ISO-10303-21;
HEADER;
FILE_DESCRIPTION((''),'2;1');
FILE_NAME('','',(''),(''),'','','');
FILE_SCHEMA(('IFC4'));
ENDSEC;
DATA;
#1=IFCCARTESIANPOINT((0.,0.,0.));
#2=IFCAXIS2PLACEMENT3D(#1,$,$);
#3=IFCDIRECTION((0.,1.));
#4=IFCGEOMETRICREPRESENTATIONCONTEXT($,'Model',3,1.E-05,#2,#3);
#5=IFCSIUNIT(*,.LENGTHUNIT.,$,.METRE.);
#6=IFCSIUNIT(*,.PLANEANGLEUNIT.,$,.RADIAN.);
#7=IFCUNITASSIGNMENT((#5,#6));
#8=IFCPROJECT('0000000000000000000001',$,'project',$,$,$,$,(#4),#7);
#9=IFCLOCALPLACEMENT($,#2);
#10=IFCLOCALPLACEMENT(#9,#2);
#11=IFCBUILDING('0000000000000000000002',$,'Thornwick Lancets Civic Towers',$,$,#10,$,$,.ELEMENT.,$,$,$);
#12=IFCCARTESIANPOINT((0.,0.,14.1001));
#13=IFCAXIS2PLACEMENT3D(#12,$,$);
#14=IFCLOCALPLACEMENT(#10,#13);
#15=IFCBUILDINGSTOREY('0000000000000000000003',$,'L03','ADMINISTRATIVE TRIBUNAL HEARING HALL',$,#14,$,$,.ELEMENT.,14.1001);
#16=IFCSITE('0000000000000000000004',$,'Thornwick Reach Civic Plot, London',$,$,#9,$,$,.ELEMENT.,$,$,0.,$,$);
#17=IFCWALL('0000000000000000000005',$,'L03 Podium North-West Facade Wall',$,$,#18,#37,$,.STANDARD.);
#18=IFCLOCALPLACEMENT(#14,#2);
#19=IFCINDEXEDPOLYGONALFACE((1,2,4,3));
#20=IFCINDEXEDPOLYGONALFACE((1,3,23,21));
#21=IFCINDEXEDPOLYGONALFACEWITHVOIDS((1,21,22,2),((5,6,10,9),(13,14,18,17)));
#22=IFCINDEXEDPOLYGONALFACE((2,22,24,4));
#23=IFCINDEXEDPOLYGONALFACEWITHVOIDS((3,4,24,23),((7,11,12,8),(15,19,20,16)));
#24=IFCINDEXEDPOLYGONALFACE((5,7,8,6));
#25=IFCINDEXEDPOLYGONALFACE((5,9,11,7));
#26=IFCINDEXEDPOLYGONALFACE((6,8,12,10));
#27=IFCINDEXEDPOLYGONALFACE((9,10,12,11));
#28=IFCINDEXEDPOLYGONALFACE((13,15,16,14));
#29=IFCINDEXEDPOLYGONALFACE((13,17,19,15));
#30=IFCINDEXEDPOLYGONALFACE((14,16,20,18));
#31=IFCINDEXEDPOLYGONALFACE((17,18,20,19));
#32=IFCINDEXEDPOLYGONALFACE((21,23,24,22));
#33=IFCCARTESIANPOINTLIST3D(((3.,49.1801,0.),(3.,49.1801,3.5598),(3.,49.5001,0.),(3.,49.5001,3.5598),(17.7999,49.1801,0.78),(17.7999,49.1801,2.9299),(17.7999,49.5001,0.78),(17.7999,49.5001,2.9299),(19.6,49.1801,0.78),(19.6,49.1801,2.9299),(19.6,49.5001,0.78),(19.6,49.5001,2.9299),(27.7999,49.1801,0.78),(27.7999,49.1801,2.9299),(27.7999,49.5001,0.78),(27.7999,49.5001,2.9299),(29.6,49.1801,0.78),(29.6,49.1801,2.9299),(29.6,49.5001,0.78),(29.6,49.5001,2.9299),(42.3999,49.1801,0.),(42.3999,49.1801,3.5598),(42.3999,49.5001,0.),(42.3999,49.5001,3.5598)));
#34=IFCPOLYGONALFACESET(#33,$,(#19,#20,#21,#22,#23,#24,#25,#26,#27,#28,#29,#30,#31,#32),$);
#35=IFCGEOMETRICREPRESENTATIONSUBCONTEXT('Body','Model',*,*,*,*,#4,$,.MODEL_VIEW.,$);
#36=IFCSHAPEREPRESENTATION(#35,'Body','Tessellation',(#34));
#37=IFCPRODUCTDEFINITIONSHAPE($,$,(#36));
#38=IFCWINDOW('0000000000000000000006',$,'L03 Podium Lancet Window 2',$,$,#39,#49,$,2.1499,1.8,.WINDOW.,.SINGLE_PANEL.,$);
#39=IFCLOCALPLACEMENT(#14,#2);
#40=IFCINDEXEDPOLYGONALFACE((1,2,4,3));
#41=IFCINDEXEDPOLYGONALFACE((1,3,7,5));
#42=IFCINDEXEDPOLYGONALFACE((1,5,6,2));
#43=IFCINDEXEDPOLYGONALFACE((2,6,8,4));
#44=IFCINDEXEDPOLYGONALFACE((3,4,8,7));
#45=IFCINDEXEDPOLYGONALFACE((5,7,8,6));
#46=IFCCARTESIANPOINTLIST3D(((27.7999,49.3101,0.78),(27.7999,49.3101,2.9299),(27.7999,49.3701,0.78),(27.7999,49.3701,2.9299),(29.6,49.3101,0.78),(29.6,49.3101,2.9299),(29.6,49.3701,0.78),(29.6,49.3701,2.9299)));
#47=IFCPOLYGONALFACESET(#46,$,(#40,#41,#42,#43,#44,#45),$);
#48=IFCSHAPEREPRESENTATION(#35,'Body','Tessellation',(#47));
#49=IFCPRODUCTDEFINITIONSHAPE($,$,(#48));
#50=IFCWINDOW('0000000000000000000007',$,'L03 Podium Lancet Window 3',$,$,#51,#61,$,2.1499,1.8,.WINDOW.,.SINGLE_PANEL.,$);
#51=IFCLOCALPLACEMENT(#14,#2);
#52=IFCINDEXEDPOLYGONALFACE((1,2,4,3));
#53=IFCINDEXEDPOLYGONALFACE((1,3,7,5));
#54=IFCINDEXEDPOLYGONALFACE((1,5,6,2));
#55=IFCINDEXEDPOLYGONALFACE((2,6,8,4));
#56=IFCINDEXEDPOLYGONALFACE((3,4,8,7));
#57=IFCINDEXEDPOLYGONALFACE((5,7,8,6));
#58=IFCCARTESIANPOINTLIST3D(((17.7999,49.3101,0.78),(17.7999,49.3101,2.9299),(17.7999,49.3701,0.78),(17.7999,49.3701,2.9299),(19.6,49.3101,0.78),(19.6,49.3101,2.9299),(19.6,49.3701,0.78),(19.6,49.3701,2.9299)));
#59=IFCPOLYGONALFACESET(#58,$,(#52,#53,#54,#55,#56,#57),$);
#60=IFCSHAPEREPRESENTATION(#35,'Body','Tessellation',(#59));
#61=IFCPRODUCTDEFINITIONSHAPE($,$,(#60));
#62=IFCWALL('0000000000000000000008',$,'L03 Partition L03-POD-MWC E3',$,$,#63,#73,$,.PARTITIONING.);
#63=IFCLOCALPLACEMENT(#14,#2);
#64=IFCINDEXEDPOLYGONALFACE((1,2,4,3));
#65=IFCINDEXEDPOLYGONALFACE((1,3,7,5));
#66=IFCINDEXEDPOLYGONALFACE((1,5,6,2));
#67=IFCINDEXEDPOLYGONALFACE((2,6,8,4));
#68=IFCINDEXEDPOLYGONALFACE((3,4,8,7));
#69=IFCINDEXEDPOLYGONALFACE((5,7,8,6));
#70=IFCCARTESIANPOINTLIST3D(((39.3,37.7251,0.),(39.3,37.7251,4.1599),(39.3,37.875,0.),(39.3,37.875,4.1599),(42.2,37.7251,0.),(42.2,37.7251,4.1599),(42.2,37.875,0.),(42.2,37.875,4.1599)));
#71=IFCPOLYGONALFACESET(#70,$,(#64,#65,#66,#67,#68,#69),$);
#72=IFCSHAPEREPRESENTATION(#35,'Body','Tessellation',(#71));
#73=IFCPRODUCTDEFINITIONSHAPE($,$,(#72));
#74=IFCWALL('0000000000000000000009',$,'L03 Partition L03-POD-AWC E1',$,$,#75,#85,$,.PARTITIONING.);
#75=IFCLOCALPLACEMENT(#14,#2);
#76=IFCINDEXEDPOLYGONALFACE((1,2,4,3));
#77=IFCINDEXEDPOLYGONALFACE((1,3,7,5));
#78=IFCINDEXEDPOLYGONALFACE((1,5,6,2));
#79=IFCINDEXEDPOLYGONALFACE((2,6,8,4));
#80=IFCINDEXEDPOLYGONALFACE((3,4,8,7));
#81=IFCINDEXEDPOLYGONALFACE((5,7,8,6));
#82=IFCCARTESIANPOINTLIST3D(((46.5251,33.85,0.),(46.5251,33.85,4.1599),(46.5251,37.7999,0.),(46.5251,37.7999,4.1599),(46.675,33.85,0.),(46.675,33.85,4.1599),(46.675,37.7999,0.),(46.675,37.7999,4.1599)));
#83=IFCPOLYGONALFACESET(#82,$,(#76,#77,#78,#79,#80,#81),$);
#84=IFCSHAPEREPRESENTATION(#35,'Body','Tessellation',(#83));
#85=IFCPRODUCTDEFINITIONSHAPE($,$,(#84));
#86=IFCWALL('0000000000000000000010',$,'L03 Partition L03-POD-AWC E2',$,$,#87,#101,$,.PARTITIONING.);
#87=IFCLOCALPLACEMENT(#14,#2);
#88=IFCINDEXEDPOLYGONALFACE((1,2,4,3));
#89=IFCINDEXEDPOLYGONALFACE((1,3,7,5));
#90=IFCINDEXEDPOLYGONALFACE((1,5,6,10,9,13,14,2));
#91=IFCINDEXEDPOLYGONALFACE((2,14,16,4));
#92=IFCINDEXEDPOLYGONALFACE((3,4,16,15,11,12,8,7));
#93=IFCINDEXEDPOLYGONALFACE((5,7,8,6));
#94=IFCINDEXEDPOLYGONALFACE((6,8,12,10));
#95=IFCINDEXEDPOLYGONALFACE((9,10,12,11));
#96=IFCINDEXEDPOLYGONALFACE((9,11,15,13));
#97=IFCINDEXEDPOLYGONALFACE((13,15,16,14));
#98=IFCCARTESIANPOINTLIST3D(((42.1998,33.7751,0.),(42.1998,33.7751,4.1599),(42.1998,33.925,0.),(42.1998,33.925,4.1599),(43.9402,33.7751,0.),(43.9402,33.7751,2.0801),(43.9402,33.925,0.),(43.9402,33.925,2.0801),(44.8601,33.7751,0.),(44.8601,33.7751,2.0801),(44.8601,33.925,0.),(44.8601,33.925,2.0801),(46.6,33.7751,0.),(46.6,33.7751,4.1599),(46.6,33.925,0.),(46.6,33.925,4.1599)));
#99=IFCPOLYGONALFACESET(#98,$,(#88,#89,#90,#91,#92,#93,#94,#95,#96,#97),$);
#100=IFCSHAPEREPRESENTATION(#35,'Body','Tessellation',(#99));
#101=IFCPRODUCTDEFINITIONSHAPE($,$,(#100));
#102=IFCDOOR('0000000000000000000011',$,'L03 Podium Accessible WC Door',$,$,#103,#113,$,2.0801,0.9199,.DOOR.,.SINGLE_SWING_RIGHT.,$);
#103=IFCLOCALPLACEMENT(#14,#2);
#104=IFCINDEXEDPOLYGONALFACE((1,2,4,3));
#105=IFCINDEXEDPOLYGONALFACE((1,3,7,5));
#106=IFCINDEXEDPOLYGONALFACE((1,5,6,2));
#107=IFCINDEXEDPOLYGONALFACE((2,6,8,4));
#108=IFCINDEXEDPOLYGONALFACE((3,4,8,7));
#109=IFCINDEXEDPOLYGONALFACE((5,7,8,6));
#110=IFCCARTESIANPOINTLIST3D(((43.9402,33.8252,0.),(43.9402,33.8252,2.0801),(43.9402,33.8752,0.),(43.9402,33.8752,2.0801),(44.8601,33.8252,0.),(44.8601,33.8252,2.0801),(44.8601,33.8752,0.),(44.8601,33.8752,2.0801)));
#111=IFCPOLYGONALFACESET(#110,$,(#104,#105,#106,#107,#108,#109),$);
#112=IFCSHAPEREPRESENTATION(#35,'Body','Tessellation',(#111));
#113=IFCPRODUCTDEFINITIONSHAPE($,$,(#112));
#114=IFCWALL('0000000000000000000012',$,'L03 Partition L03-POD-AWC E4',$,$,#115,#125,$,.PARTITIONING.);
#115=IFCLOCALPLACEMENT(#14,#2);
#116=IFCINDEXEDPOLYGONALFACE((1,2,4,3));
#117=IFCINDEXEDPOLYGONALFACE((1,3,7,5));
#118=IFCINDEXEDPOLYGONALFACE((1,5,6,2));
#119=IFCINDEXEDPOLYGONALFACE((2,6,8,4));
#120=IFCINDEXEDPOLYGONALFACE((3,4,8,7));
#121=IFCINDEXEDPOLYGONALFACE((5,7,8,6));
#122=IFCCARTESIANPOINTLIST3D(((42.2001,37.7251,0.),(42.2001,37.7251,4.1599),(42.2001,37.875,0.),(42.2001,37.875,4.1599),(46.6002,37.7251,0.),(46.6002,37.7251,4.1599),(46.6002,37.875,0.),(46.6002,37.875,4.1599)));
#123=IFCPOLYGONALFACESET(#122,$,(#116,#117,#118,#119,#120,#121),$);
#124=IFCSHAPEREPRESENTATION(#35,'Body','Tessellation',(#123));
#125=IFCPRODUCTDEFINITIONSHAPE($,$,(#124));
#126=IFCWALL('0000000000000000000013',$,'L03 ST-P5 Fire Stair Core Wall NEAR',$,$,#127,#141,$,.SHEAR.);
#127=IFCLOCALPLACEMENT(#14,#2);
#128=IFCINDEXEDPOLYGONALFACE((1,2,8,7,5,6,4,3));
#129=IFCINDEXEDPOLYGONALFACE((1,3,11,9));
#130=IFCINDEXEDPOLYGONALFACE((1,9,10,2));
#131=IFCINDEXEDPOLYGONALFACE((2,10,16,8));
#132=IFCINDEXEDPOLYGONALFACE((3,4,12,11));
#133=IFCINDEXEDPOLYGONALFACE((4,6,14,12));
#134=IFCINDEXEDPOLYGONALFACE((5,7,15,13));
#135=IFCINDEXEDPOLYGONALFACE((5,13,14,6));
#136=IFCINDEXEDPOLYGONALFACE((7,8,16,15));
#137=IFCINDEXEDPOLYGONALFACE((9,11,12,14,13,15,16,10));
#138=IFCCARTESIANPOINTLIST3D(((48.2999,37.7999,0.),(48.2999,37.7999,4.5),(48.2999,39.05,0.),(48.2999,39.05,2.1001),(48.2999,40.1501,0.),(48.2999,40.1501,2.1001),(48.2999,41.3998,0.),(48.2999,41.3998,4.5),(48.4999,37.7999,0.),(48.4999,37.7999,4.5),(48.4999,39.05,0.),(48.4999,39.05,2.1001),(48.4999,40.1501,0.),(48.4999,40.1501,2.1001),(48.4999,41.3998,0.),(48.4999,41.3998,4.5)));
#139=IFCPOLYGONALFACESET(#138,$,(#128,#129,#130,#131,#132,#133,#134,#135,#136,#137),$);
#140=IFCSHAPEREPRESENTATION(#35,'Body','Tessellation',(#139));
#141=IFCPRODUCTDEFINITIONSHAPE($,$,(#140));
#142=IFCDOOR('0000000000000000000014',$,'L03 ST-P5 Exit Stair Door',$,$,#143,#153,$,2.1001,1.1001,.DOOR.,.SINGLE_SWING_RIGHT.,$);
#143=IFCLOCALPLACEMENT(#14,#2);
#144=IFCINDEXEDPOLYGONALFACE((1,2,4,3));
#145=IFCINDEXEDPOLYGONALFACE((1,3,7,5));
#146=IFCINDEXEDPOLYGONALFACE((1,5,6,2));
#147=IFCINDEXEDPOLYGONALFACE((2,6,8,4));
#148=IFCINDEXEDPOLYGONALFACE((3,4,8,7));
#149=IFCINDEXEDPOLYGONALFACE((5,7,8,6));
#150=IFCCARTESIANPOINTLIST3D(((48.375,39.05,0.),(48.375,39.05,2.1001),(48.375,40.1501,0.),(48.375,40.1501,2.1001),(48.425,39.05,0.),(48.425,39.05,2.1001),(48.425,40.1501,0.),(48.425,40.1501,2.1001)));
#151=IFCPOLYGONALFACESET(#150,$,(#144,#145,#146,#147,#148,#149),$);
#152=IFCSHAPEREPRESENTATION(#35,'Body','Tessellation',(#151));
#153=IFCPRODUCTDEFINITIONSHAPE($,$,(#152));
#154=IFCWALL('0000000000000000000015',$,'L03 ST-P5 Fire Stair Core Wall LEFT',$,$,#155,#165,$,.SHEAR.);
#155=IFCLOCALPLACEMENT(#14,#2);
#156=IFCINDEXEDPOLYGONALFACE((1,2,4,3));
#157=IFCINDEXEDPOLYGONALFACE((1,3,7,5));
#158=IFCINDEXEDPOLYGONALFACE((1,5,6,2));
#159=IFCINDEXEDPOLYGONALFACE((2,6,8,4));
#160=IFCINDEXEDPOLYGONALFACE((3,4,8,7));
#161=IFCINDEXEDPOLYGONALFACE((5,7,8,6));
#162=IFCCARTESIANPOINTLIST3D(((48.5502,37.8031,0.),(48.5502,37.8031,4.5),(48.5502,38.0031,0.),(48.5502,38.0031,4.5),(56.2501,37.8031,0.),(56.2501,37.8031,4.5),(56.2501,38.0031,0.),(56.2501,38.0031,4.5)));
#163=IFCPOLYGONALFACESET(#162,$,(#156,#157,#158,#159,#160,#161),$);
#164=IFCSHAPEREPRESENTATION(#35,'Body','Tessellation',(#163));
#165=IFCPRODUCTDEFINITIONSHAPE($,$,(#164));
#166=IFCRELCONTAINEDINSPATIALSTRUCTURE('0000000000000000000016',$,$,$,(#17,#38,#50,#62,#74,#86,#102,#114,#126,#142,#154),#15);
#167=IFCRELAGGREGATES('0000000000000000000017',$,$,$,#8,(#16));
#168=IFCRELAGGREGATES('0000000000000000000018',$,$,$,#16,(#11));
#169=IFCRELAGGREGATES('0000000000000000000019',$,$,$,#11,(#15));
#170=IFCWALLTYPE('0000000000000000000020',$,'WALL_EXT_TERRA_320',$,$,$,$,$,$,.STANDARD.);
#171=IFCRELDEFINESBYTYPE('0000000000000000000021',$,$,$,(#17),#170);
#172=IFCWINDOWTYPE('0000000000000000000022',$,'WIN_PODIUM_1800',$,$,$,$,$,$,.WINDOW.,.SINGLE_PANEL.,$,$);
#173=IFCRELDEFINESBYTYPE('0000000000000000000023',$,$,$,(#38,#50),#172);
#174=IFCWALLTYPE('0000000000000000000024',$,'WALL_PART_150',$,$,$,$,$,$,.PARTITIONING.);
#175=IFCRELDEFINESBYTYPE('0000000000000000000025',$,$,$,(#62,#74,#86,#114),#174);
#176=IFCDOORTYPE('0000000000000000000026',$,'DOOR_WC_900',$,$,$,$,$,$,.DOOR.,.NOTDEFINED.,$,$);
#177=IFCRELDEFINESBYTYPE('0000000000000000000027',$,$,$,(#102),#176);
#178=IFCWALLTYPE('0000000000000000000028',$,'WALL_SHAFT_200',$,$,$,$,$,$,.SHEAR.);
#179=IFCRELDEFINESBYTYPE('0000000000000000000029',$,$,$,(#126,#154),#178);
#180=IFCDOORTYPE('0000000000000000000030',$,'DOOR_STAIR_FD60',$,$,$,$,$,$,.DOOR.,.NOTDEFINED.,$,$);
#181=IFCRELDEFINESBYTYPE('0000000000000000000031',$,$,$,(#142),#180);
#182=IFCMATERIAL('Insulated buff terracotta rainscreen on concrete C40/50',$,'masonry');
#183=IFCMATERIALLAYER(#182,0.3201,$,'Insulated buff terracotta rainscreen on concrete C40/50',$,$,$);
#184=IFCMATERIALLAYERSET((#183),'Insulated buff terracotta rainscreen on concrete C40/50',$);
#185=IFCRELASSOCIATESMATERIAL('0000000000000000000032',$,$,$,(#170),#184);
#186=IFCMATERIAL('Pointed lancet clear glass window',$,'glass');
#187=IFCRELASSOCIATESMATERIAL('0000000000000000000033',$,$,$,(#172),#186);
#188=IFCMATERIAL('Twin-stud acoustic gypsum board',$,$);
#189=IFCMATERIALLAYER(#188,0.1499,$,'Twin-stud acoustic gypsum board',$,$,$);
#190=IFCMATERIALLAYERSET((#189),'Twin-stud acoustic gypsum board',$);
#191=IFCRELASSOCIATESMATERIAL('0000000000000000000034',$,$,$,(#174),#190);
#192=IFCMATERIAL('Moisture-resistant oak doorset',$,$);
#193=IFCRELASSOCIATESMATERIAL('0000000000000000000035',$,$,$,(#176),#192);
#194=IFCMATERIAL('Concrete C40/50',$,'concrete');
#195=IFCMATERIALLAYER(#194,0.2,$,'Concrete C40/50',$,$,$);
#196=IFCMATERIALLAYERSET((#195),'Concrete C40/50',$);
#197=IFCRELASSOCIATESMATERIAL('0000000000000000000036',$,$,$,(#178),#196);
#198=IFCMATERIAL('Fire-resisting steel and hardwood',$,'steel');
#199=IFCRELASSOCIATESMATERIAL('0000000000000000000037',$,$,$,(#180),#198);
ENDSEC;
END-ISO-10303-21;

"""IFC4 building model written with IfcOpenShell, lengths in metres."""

from ifc_helpers import new_model, si_unit, direction, frame, frame_2d, origin, place, context, subcontext, project, spatial, rectangle, extrude, material, layer, layer_set, type_object, element, fill, save


model = new_model("IFC4")

# Units and contexts
model_context = context("Model", 3, precision=1e-05, world=origin(), true_north=direction((0.0, 1.0)))
body_context = subcontext(model_context, "Body", "Model", "MODEL_VIEW")
ifc_project = project(units=[si_unit("LENGTHUNIT", "METRE"), si_unit("PLANEANGLEUNIT", "RADIAN")], contexts=[model_context])

# Site, building, storey
site_placement = place(None, origin())
site = spatial("IfcSite", under=ifc_project, at=site_placement, Name="Thornwick Reach Civic Plot, London", CompositionType="ELEMENT", RefElevation=0.0)
building_placement = place(site_placement, origin())
building = spatial("IfcBuilding", under=site, at=building_placement, Name="Thornwick Lancets Civic Towers", CompositionType="ELEMENT")
storey_placement = place(building_placement, frame((0.0, 0.0, 14.1001)))
storey = spatial("IfcBuildingStorey", under=building, at=storey_placement, Name="L03", Description="ADMINISTRATIVE TRIBUNAL HEARING HALL", CompositionType="ELEMENT", Elevation=14.1001)

# Shared definitions
ifc_material_1 = material(Name="Concrete C40/50", Category="concrete")

# Shared definitions
ifc_material_2 = material(Name="Insulated buff terracotta rainscreen on concrete C40/50", Category="masonry")
ifc_layer_1 = layer(ifc_material_2, 0.3201, Name="Insulated buff terracotta rainscreen on concrete C40/50")
ifc_layer_set_1 = layer_set([ifc_layer_1], Name="Insulated buff terracotta rainscreen on concrete C40/50")
wall_type_1 = type_object("IfcWallType", Name="WALL_EXT_TERRA_320", PredefinedType="STANDARD", material=ifc_layer_set_1)

# Wall, openings, windows
wall_1_placement = place(storey_placement, frame((42.3999, 49.3401, 0.0), z_axis=(0.0, 0.0, 1.0), x_axis=(-1.0, 0.0, 0.0)))
wall_1 = element("IfcWall", 1, at=wall_1_placement, inside=storey, type_object=wall_type_1, Name="L03 Podium North-West Facade Wall", PredefinedType="STANDARD", context=body_context, shape_type="SweptSolid", body=[
    extrude(rectangle(XDim=39.3999, YDim=0.3201, at=frame_2d((19.7, 0.0))), origin(), (0.0, 0.0, 1.0), 3.5598),
])
opening_1_placement = place(wall_1_placement, frame((12.8, 0.0, 0.78)))
opening_1 = element("IfcOpeningElement", 2, at=opening_1_placement, cuts=wall_1, PredefinedType="OPENING", context=body_context, shape_type="SweptSolid", body=[
    extrude(rectangle(XDim=1.8, YDim=2.1499, at=frame_2d((0.8999, 1.075))), frame((0.0, 0.1699, 0.0), z_axis=(0.0, -1.0, 0.0), x_axis=(1.0, 0.0, 0.0)), (0.0, 0.0, 1.0), 0.3401),
])
opening_2_placement = place(wall_1_placement, frame((22.8, 0.0, 0.78)))
opening_2 = element("IfcOpeningElement", 3, at=opening_2_placement, cuts=wall_1, PredefinedType="OPENING", context=body_context, shape_type="SweptSolid", body=[
    extrude(rectangle(XDim=1.8, YDim=2.1499, at=frame_2d((0.8999, 1.075))), frame((0.0, 0.1699, 0.0), z_axis=(0.0, -1.0, 0.0), x_axis=(1.0, 0.0, 0.0)), (0.0, 0.0, 1.0), 0.3401),
])
ifc_material_3 = material(Name="Pointed lancet clear glass window", Category="glass")
window_type = type_object("IfcWindowType", Name="WIN_PODIUM_1800", PartitioningType="SINGLE_PANEL", PredefinedType="WINDOW", material=ifc_material_3)
window_1_placement = place(opening_1_placement, origin())
window_1 = element("IfcWindow", 4, at=window_1_placement, inside=storey, type_object=window_type, Name="L03 Podium Lancet Window 2", OverallHeight=2.1499, OverallWidth=1.8, PartitioningType="SINGLE_PANEL", PredefinedType="WINDOW", context=body_context, shape_type="SweptSolid", body=[
    extrude(rectangle(XDim=1.8, YDim=2.1499, at=frame_2d((0.8999, 1.075))), frame((0.0, 0.03, 0.0), z_axis=(0.0, -1.0, 0.0), x_axis=(1.0, 0.0, 0.0)), (0.0, 0.0, 1.0), 0.0601),
])
fill(opening_1, window_1)
window_2_placement = place(opening_2_placement, origin())
window_2 = element("IfcWindow", 5, at=window_2_placement, inside=storey, type_object=window_type, Name="L03 Podium Lancet Window 3", OverallHeight=2.1499, OverallWidth=1.8, PartitioningType="SINGLE_PANEL", PredefinedType="WINDOW", context=body_context, shape_type="SweptSolid", body=[
    extrude(rectangle(XDim=1.8, YDim=2.1499, at=frame_2d((0.8999, 1.075))), frame((0.0, 0.03, 0.0), z_axis=(0.0, -1.0, 0.0), x_axis=(1.0, 0.0, 0.0)), (0.0, 0.0, 1.0), 0.0601),
])
fill(opening_2, window_2)

# Walls
ifc_material_4 = material(Name="Twin-stud acoustic gypsum board")
ifc_layer_2 = layer(ifc_material_4, 0.1499, Name="Twin-stud acoustic gypsum board")
ifc_layer_set_2 = layer_set([ifc_layer_2], Name="Twin-stud acoustic gypsum board")
wall_type_2 = type_object("IfcWallType", Name="WALL_PART_150", PredefinedType="PARTITIONING", material=ifc_layer_set_2)
wall_2_placement = place(storey_placement, frame((42.2, 37.8, 0.0), z_axis=(0.0, 0.0, 1.0), x_axis=(-1.0, 0.0, 0.0)))
element("IfcWall", 6, at=wall_2_placement, inside=storey, type_object=wall_type_2, Name="L03 Partition L03-POD-MWC E3", PredefinedType="PARTITIONING", context=body_context, shape_type="SweptSolid", body=[
    extrude(rectangle(XDim=2.8999, YDim=0.1499, at=frame_2d((1.45, 0.0))), origin(), (0.0, 0.0, 1.0), 4.1599),
])
wall_3_placement = place(storey_placement, frame((46.6001, 37.8, 0.0), z_axis=(0.0, 0.0, 1.0), x_axis=(0.0, -1.0, 0.0)))
element("IfcWall", 7, at=wall_3_placement, inside=storey, type_object=wall_type_2, Name="L03 Partition L03-POD-AWC E1", PredefinedType="PARTITIONING", context=body_context, shape_type="SweptSolid", body=[
    extrude(rectangle(XDim=3.95, YDim=0.1499, at=frame_2d((1.9751, 0.0))), origin(), (0.0, 0.0, 1.0), 4.1599),
])

# Wall, opening, door
wall_4_placement = place(storey_placement, frame((46.6001, 33.8501, 0.0), z_axis=(0.0, 0.0, 1.0), x_axis=(-1.0, 0.0, 0.0)))
wall_4 = element("IfcWall", 8, at=wall_4_placement, inside=storey, type_object=wall_type_2, Name="L03 Partition L03-POD-AWC E2", PredefinedType="PARTITIONING", context=body_context, shape_type="SweptSolid", body=[
    extrude(rectangle(XDim=4.4001, YDim=0.1499, at=frame_2d((2.2002, 0.0))), origin(), (0.0, 0.0, 1.0), 4.1599),
])
opening_3_placement = place(wall_4_placement, frame((1.74, 0.0, 0.0)))
opening_3 = element("IfcOpeningElement", 9, at=opening_3_placement, cuts=wall_4, PredefinedType="OPENING", context=body_context, shape_type="SweptSolid", body=[
    extrude(rectangle(XDim=0.9199, YDim=2.0801, at=frame_2d((0.46, 1.04))), frame((0.0, 0.085, 0.0), z_axis=(0.0, -1.0, 0.0), x_axis=(1.0, 0.0, 0.0)), (0.0, 0.0, 1.0), 0.1699),
])
ifc_material_5 = material(Name="Moisture-resistant oak doorset")
door_type_1 = type_object("IfcDoorType", Name="DOOR_WC_900", OperationType="NOTDEFINED", PredefinedType="DOOR", material=ifc_material_5)
door_1_placement = place(opening_3_placement, origin())
door_1 = element("IfcDoor", 10, at=door_1_placement, inside=storey, type_object=door_type_1, Name="L03 Podium Accessible WC Door", OperationType="SINGLE_SWING_RIGHT", OverallHeight=2.0801, OverallWidth=0.9199, PredefinedType="DOOR", context=body_context, shape_type="SweptSolid", body=[
    extrude(rectangle(XDim=0.9199, YDim=2.0801, at=frame_2d((0.46, 1.04))), frame((0.0, 0.0249, 0.0), z_axis=(0.0, -1.0, 0.0), x_axis=(1.0, 0.0, 0.0)), (0.0, 0.0, 1.0), 0.05),
])
fill(opening_3, door_1)

# Wall
wall_5_placement = place(storey_placement, frame((42.2, 37.8, 0.0), z_axis=(0.0, 0.0, 1.0), x_axis=(1.0, 0.0, 0.0)))
element("IfcWall", 11, at=wall_5_placement, inside=storey, type_object=wall_type_2, Name="L03 Partition L03-POD-AWC E4", PredefinedType="PARTITIONING", context=body_context, shape_type="SweptSolid", body=[
    extrude(rectangle(XDim=4.4001, YDim=0.1499, at=frame_2d((2.2002, 0.0))), origin(), (0.0, 0.0, 1.0), 4.1599),
])

# Wall, opening, door
ifc_layer_3 = layer(ifc_material_1, 0.2, Name="Concrete C40/50")
ifc_layer_set_3 = layer_set([ifc_layer_3], Name="Concrete C40/50")
wall_type_3 = type_object("IfcWallType", Name="WALL_SHAFT_200", PredefinedType="SHEAR", material=ifc_layer_set_3)
wall_6_placement = place(storey_placement, frame((48.3999, 37.8, 0.0), z_axis=(0.0, 0.0, 1.0), x_axis=(0.0, 1.0, 0.0)))
wall_6 = element("IfcWall", 12, at=wall_6_placement, inside=storey, type_object=wall_type_3, Name="L03 ST-P5 Fire Stair Core Wall NEAR", PredefinedType="SHEAR", context=body_context, shape_type="SweptSolid", body=[
    extrude(rectangle(XDim=3.5999, YDim=0.2, at=frame_2d((1.7998, 0.0))), origin(), (0.0, 0.0, 1.0), 4.5),
])
opening_4_placement = place(wall_6_placement, frame((1.25, 0.0, 0.0)))
opening_4 = element("IfcOpeningElement", 13, at=opening_4_placement, cuts=wall_6, PredefinedType="OPENING", context=body_context, shape_type="SweptSolid", body=[
    extrude(rectangle(XDim=1.1001, YDim=2.1001, at=frame_2d((0.55, 1.05))), frame((0.0, 0.1099, 0.0), z_axis=(0.0, -1.0, 0.0), x_axis=(1.0, 0.0, 0.0)), (0.0, 0.0, 1.0), 0.22),
])
ifc_material_6 = material(Name="Fire-resisting steel and hardwood", Category="steel")
door_type_2 = type_object("IfcDoorType", Name="DOOR_STAIR_FD60", OperationType="NOTDEFINED", PredefinedType="DOOR", material=ifc_material_6)
door_2_placement = place(opening_4_placement, origin())
door_2 = element("IfcDoor", 14, at=door_2_placement, inside=storey, type_object=door_type_2, Name="L03 ST-P5 Exit Stair Door", OperationType="SINGLE_SWING_RIGHT", OverallHeight=2.1001, OverallWidth=1.1001, PredefinedType="DOOR", context=body_context, shape_type="SweptSolid", body=[
    extrude(rectangle(XDim=1.1001, YDim=2.1001, at=frame_2d((0.55, 1.05))), frame((0.0, 0.0249, 0.0), z_axis=(0.0, -1.0, 0.0), x_axis=(1.0, 0.0, 0.0)), (0.0, 0.0, 1.0), 0.05),
])
fill(opening_4, door_2)

# Wall
wall_7_placement = place(storey_placement, frame((48.55, 37.9031, 0.0), z_axis=(0.0, 0.0, 1.0), x_axis=(1.0, 0.0, 0.0)))
element("IfcWall", 15, at=wall_7_placement, inside=storey, type_object=wall_type_3, Name="L03 ST-P5 Fire Stair Core Wall LEFT", PredefinedType="SHEAR", context=body_context, shape_type="SweptSolid", body=[
    extrude(rectangle(XDim=7.7, YDim=0.2, at=frame_2d((3.8501, 0.0))), origin(), (0.0, 0.0, 1.0), 4.5),
])

save(model, "model.ifc")
